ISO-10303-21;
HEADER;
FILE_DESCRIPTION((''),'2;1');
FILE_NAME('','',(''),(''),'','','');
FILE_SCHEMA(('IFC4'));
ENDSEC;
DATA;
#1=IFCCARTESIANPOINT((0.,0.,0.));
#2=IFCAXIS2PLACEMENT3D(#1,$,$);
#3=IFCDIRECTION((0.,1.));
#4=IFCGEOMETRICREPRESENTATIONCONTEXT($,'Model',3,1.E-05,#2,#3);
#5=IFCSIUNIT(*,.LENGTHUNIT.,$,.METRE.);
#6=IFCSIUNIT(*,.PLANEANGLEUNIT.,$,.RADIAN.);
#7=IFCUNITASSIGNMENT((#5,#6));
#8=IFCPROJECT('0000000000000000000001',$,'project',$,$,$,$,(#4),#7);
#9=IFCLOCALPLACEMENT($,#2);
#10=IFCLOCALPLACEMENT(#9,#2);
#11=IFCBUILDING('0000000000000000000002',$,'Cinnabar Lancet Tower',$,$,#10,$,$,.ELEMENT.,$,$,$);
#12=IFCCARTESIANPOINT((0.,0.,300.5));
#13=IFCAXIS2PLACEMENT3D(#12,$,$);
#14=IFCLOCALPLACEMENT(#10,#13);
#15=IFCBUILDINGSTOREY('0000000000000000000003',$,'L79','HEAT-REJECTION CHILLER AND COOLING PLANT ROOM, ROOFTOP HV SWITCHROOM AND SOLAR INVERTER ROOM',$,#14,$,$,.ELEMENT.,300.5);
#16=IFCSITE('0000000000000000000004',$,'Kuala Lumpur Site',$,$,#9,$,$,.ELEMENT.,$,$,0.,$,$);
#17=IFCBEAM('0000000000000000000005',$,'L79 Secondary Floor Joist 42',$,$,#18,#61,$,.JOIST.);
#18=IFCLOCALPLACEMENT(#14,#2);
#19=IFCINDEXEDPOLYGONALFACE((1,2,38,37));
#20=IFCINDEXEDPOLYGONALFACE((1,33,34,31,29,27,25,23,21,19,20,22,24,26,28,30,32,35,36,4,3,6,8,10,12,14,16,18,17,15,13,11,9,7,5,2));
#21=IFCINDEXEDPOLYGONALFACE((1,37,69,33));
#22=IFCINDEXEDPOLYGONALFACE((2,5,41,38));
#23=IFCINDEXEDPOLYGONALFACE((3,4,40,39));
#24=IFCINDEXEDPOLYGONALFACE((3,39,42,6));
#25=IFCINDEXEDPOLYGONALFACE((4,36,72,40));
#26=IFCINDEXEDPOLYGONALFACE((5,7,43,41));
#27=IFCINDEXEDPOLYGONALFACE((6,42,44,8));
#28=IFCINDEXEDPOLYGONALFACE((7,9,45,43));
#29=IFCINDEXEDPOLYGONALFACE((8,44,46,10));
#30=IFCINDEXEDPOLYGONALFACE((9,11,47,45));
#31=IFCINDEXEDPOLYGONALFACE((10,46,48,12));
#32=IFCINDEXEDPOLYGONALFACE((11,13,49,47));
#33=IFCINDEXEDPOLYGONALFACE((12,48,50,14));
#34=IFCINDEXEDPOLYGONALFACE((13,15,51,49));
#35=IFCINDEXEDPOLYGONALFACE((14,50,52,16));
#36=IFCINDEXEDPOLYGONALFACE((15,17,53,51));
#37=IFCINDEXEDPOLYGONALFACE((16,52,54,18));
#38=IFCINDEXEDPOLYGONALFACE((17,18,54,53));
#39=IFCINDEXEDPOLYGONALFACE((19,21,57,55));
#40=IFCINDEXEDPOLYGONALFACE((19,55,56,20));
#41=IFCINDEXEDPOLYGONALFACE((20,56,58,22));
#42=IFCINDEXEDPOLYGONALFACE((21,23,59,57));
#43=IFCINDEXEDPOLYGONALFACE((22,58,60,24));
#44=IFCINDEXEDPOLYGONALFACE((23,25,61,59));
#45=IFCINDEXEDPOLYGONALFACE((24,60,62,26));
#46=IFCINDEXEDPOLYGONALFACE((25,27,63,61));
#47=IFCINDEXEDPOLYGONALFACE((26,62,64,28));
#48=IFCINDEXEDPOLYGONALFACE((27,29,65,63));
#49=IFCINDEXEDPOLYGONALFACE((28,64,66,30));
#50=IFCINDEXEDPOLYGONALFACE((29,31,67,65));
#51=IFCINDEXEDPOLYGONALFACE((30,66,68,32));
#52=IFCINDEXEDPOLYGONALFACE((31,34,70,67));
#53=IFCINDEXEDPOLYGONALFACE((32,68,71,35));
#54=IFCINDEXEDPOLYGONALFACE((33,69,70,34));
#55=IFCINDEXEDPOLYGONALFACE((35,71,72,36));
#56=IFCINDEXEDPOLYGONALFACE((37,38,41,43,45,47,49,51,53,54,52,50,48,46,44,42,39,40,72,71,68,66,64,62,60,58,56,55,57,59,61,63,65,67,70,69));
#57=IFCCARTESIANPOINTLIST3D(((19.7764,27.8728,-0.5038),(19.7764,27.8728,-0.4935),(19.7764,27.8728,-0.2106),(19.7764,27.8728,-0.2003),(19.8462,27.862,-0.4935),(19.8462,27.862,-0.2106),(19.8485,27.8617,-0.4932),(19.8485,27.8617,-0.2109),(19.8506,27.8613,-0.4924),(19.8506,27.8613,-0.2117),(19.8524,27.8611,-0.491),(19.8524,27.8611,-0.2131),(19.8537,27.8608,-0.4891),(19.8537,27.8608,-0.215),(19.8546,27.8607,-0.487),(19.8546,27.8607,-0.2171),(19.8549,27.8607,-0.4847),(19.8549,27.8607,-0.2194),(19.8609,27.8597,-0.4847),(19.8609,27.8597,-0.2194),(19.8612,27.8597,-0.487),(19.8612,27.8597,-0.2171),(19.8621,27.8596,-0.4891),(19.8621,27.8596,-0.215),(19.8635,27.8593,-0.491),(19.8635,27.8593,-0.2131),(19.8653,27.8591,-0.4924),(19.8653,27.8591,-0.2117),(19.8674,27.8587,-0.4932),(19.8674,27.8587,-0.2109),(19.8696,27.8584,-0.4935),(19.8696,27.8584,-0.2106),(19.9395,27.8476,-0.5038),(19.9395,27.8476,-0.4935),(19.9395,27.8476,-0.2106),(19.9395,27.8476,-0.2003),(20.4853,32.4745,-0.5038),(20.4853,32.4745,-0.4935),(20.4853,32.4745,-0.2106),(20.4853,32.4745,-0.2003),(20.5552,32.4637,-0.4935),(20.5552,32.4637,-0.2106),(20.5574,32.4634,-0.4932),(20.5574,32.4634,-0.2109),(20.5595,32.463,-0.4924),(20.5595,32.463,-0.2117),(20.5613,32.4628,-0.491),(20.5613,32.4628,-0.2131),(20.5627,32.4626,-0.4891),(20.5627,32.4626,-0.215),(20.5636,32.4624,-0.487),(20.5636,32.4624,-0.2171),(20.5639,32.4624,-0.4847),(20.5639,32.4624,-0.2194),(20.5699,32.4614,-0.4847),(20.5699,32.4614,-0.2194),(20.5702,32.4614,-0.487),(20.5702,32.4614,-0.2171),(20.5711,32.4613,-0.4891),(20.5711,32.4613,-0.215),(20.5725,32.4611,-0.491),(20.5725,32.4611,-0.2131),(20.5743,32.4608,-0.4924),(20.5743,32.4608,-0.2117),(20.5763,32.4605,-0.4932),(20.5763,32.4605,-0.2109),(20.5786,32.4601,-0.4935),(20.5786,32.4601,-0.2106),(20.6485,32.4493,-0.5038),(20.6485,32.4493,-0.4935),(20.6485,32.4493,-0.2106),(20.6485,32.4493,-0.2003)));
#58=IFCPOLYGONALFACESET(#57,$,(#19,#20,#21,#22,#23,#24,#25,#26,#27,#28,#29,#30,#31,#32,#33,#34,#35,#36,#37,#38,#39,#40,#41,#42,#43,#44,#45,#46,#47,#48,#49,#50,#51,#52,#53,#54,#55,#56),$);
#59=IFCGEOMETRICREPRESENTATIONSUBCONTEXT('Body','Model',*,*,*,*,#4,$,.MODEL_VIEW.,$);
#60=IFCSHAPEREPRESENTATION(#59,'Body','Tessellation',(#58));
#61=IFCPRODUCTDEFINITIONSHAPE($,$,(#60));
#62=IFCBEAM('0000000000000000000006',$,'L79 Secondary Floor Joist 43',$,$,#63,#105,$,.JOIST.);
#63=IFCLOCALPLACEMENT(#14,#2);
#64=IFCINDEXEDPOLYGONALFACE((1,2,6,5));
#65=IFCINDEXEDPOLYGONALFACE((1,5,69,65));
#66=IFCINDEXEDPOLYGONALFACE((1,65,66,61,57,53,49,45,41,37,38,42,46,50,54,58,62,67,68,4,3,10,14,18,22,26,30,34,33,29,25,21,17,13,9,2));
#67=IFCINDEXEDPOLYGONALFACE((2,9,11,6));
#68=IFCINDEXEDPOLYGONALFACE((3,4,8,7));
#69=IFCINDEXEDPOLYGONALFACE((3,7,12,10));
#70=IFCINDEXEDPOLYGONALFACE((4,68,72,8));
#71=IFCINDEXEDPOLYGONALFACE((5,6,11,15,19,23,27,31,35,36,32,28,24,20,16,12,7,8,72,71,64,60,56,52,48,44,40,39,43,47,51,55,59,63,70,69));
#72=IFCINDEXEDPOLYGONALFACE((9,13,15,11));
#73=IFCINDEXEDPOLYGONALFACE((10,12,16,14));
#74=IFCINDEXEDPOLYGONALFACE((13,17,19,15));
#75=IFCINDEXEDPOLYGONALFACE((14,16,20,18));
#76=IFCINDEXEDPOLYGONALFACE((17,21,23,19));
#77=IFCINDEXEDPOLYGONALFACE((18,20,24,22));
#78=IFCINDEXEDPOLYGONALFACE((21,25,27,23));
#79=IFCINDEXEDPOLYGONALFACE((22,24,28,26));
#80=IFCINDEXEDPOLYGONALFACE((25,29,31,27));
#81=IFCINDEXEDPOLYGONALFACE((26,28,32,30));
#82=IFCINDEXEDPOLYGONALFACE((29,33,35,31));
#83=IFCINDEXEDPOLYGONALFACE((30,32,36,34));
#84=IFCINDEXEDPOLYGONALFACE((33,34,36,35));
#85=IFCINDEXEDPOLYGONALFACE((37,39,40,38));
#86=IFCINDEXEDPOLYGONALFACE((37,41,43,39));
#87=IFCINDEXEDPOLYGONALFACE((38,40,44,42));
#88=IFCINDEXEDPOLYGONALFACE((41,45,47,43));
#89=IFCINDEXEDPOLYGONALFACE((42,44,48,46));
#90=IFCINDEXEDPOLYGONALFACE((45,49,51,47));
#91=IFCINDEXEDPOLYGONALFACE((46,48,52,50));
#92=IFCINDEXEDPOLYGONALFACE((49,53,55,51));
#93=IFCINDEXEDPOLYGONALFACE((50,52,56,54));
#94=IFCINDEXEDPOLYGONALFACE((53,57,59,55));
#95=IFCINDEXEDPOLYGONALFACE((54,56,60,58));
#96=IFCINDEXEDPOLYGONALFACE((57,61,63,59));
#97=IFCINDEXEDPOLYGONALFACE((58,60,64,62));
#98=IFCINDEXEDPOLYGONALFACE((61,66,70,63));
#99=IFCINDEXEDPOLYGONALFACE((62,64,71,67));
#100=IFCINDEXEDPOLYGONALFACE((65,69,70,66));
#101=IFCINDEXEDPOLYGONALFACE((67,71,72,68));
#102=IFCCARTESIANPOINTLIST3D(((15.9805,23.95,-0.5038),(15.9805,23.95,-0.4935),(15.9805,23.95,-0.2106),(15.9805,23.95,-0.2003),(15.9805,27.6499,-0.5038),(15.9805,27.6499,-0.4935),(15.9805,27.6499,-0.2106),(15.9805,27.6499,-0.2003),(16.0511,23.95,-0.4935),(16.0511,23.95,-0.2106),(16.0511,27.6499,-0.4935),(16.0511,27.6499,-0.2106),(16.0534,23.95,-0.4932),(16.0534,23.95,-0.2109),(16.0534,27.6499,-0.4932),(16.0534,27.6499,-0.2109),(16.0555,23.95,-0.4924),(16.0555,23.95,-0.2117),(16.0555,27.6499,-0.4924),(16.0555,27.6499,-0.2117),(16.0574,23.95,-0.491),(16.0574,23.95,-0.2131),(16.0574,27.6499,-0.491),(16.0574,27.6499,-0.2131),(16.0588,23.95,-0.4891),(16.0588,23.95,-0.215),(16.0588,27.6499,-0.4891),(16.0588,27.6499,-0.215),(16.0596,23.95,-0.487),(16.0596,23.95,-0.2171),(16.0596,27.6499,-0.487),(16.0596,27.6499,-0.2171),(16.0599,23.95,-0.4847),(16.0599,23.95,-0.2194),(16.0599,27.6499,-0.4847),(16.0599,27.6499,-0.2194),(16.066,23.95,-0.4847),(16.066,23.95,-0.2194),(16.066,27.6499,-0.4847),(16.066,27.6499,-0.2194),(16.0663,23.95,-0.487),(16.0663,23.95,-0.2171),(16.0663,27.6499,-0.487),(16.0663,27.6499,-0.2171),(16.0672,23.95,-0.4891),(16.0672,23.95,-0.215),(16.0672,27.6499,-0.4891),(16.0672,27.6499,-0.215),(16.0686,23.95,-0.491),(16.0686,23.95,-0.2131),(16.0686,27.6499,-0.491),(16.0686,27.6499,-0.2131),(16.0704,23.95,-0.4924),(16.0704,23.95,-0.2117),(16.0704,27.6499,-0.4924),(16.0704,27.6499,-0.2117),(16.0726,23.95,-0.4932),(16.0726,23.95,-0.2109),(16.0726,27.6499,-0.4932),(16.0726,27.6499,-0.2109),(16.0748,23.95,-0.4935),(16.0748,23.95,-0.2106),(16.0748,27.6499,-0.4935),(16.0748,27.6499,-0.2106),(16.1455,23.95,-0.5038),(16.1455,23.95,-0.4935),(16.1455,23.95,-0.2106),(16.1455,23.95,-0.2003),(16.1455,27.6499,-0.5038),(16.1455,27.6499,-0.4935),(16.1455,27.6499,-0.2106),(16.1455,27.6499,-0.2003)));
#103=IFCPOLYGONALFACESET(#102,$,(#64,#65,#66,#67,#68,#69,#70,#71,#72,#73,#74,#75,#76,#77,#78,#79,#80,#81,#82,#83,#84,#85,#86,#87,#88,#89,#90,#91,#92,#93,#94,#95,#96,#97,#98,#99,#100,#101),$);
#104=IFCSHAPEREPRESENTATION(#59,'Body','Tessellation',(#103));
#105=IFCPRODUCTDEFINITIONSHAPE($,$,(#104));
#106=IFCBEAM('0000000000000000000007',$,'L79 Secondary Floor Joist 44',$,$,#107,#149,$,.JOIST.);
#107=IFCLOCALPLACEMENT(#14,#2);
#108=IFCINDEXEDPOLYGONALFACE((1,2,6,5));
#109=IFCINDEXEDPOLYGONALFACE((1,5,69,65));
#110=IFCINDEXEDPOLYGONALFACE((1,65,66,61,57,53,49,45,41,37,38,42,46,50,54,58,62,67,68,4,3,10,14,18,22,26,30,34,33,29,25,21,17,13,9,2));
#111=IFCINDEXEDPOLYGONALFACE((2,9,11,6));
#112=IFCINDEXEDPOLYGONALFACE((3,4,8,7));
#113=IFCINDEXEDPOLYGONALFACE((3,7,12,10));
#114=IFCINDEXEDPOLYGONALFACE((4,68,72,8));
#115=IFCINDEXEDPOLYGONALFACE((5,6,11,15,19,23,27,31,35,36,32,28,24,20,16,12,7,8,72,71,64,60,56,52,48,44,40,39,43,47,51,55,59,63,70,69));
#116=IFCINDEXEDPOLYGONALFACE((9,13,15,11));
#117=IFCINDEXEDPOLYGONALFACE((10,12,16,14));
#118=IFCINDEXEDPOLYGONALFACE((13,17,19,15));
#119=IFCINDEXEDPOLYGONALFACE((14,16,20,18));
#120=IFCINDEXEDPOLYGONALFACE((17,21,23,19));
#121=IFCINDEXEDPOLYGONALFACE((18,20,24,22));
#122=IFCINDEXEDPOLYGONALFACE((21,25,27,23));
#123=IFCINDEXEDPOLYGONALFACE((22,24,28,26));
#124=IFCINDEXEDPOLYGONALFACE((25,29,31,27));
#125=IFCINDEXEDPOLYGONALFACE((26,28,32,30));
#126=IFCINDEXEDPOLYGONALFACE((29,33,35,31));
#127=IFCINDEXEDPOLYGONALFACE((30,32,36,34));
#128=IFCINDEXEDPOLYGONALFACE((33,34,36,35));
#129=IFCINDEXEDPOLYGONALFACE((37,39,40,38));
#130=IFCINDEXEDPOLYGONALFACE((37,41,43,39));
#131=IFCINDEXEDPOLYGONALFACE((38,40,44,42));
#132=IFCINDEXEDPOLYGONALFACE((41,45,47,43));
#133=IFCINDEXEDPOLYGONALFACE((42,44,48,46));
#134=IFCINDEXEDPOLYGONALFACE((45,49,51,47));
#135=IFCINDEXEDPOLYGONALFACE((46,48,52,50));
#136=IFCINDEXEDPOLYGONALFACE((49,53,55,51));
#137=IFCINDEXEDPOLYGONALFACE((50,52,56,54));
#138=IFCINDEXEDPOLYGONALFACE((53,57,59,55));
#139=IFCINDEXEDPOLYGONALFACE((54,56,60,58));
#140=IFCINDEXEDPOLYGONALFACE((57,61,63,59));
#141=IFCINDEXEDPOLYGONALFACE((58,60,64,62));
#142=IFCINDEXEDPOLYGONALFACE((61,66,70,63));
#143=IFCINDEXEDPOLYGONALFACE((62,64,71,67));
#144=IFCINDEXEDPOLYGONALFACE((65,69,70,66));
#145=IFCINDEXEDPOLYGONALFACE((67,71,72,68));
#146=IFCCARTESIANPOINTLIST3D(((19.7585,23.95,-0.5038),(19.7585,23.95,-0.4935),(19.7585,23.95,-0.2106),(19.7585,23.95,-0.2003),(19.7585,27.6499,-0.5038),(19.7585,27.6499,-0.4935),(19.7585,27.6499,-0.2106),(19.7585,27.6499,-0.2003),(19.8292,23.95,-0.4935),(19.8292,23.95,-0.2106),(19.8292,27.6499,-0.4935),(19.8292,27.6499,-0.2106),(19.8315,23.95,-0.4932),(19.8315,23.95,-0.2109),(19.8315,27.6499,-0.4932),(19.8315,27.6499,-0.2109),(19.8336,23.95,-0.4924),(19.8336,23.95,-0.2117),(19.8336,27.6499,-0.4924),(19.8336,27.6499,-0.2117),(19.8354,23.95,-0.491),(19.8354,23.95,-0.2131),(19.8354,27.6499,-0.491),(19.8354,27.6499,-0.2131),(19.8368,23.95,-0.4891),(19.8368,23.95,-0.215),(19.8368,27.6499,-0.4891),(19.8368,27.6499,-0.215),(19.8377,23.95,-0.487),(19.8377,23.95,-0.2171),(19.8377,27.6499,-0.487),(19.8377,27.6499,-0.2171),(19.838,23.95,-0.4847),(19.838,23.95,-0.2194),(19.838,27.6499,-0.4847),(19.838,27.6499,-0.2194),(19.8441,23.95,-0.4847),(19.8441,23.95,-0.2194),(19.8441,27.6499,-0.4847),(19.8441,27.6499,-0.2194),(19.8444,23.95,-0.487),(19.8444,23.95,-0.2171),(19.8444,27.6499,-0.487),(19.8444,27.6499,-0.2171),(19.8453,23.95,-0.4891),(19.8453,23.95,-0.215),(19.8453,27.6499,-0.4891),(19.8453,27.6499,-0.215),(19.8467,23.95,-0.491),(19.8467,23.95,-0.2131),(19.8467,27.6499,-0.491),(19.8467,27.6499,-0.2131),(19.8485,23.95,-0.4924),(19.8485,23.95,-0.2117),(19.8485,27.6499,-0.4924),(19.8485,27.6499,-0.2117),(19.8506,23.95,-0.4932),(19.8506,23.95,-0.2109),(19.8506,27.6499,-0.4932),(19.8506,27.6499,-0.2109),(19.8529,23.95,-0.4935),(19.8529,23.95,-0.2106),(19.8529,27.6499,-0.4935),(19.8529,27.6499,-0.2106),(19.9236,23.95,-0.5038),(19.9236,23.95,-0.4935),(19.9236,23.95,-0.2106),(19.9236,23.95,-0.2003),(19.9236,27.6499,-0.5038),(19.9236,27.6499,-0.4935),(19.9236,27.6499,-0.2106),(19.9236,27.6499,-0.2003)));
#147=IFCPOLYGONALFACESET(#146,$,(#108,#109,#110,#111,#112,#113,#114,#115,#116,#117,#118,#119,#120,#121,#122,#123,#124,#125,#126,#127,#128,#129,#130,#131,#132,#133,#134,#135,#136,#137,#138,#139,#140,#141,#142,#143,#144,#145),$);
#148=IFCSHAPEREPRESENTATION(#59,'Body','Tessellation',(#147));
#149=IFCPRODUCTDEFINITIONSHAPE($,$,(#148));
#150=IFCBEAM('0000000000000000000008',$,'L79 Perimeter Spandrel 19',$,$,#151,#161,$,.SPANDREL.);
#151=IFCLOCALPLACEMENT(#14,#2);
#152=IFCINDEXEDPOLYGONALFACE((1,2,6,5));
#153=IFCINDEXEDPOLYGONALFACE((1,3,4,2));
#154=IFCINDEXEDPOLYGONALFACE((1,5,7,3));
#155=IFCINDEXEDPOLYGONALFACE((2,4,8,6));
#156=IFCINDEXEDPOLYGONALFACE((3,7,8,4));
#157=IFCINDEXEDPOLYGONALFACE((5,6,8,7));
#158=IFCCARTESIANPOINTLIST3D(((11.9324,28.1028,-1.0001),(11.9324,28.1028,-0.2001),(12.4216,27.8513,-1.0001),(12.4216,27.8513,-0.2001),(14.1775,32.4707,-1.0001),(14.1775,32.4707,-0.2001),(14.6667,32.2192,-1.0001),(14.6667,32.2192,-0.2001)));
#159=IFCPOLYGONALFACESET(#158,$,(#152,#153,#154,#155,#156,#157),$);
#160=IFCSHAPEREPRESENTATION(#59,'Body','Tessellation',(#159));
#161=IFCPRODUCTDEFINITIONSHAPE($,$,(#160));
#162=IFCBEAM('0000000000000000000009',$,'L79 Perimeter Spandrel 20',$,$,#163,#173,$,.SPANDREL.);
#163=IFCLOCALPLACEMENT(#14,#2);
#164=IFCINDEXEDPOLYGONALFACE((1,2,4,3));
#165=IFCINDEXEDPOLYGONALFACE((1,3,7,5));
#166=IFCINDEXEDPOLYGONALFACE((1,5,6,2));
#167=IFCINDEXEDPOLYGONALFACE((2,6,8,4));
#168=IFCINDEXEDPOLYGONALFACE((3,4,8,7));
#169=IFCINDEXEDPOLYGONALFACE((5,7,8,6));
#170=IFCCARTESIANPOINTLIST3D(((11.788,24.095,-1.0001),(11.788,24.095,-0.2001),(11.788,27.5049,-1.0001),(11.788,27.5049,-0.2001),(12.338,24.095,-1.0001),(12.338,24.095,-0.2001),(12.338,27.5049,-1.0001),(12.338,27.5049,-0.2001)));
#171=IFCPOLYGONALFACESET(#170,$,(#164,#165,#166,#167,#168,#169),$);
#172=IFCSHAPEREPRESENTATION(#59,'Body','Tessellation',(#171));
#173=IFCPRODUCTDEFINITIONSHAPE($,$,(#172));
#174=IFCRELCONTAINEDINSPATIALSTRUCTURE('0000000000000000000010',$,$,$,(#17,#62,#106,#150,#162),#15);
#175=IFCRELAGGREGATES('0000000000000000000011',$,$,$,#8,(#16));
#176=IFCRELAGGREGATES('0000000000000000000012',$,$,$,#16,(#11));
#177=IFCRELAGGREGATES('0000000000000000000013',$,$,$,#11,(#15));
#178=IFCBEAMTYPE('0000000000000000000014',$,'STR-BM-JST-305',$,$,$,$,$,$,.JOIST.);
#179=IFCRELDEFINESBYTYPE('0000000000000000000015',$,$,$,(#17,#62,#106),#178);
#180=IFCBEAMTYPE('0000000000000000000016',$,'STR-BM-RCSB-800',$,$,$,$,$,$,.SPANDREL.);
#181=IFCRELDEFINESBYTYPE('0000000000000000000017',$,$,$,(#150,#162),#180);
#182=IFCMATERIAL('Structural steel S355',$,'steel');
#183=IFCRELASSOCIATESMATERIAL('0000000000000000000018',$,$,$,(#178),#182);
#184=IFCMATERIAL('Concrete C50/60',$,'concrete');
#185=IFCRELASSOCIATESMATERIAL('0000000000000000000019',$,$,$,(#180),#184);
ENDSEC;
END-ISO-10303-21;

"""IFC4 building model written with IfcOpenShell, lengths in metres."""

from ifc_helpers import new_model, si_unit, direction, frame, origin, origin_2d, place, context, subcontext, project, spatial, rectangle, i_section, extrude, material, material_profile, profile_set, type_object, element, save


model = new_model("IFC4")

# Units and contexts
model_context = context("Model", 3, precision=1e-05, world=origin(), true_north=direction((0.0, 1.0)))
body_context = subcontext(model_context, "Body", "Model", "MODEL_VIEW")
ifc_project = project(units=[si_unit("LENGTHUNIT", "METRE"), si_unit("PLANEANGLEUNIT", "RADIAN")], contexts=[model_context])

# Site, building, storey
site_placement = place(None, origin())
site = spatial("IfcSite", under=ifc_project, at=site_placement, Name="Kuala Lumpur Site", CompositionType="ELEMENT", RefElevation=0.0)
building_placement = place(site_placement, origin())
building = spatial("IfcBuilding", under=site, at=building_placement, Name="Cinnabar Lancet Tower", CompositionType="ELEMENT")
storey_placement = place(building_placement, frame((0.0, 0.0, 300.5)))
storey = spatial("IfcBuildingStorey", under=building, at=storey_placement, Name="L79", Description="HEAT-REJECTION CHILLER AND COOLING PLANT ROOM, ROOFTOP HV SWITCHROOM AND SOLAR INVERTER ROOM", CompositionType="ELEMENT", Elevation=300.5)

# Beams
ifc_material_1 = material(Name="Structural steel S355", Category="steel")
ifc_material_profile_1 = material_profile(ifc_material_1, i_section(OverallWidth=0.165, OverallDepth=0.3035, WebThickness=0.0061, FlangeThickness=0.0103, FilletRadius=0.0088, at=origin_2d()), Name="UKB 305x165x40")
ifc_profile_set_1 = profile_set([ifc_material_profile_1], Name="Structural steel S355")
beam_type_1 = type_object("IfcBeamType", Name="STR-BM-JST-305", PredefinedType="JOIST", material=ifc_profile_set_1)
beam_1_placement = place(storey_placement, frame((20.5669, 32.4619, -0.3521), z_axis=(-0.15227, -0.988339, 0.0), x_axis=(0.988339, -0.15227, 0.0)))
element("IfcBeam", 1, at=beam_1_placement, inside=storey, type_object=beam_type_1, Name="L79 Secondary Floor Joist 42", PredefinedType="JOIST", context=body_context, shape_type="SweptSolid", body=[
    extrude(i_section(OverallWidth=0.165, OverallDepth=0.3035, WebThickness=0.0061, FlangeThickness=0.0103, FilletRadius=0.0088, at=origin_2d()), origin(), (0.0, 0.0, 1.0), 4.656),
])
for number, where, z_axis, x_axis, name in (
    (2, (16.063, 27.6499, -0.3521), (0.0, -1.0, 0.0), (1.0, 0.0, 0.0), "L79 Secondary Floor Joist 43"),
    (3, (19.8411, 27.6499, -0.3521), (0.0, -1.0, 0.0), (1.0, 0.0, 0.0), "L79 Secondary Floor Joist 44"),
):
    element("IfcBeam", number, at=place(storey_placement, frame(where, z_axis=z_axis, x_axis=x_axis)), inside=storey, type_object=beam_type_1, Name=name, PredefinedType="JOIST", context=body_context, shape_type="SweptSolid", body=[
        extrude(i_section(OverallWidth=0.165, OverallDepth=0.3035, WebThickness=0.0061, FlangeThickness=0.0103, FilletRadius=0.0088, at=origin_2d()), origin(), (0.0, 0.0, 1.0), 3.7),
    ])
ifc_material_2 = material(Name="Concrete C50/60", Category="concrete")
ifc_material_profile_2 = material_profile(ifc_material_2, rectangle(XDim=0.55, YDim=0.8, at=origin_2d()), Name="RC-SB 550x800")
ifc_profile_set_2 = profile_set([ifc_material_profile_2], Name="Concrete C50/60")
beam_type_2 = type_object("IfcBeamType", Name="STR-BM-RCSB-800", PredefinedType="SPANDREL", material=ifc_profile_set_2)
beam_2_placement = place(storey_placement, frame((14.4221, 32.345, -0.6001), z_axis=(-0.457148, -0.889391, 0.0), x_axis=(0.889391, -0.457148, 0.0)))
element("IfcBeam", 4, at=beam_2_placement, inside=storey, type_object=beam_type_2, Name="L79 Perimeter Spandrel 19", PredefinedType="SPANDREL", context=body_context, shape_type="SweptSolid", body=[
    extrude(rectangle(XDim=0.55, YDim=0.8, at=origin_2d()), origin(), (0.0, 0.0, 1.0), 4.9111),
])
beam_3_placement = place(storey_placement, frame((12.063, 27.5049, -0.6001), z_axis=(0.0, -1.0, 0.0), x_axis=(1.0, 0.0, 0.0)))
element("IfcBeam", 5, at=beam_3_placement, inside=storey, type_object=beam_type_2, Name="L79 Perimeter Spandrel 20", PredefinedType="SPANDREL", context=body_context, shape_type="SweptSolid", body=[
    extrude(rectangle(XDim=0.55, YDim=0.8, at=origin_2d()), origin(), (0.0, 0.0, 1.0), 3.4099),
])

save(model, "model.ifc")
